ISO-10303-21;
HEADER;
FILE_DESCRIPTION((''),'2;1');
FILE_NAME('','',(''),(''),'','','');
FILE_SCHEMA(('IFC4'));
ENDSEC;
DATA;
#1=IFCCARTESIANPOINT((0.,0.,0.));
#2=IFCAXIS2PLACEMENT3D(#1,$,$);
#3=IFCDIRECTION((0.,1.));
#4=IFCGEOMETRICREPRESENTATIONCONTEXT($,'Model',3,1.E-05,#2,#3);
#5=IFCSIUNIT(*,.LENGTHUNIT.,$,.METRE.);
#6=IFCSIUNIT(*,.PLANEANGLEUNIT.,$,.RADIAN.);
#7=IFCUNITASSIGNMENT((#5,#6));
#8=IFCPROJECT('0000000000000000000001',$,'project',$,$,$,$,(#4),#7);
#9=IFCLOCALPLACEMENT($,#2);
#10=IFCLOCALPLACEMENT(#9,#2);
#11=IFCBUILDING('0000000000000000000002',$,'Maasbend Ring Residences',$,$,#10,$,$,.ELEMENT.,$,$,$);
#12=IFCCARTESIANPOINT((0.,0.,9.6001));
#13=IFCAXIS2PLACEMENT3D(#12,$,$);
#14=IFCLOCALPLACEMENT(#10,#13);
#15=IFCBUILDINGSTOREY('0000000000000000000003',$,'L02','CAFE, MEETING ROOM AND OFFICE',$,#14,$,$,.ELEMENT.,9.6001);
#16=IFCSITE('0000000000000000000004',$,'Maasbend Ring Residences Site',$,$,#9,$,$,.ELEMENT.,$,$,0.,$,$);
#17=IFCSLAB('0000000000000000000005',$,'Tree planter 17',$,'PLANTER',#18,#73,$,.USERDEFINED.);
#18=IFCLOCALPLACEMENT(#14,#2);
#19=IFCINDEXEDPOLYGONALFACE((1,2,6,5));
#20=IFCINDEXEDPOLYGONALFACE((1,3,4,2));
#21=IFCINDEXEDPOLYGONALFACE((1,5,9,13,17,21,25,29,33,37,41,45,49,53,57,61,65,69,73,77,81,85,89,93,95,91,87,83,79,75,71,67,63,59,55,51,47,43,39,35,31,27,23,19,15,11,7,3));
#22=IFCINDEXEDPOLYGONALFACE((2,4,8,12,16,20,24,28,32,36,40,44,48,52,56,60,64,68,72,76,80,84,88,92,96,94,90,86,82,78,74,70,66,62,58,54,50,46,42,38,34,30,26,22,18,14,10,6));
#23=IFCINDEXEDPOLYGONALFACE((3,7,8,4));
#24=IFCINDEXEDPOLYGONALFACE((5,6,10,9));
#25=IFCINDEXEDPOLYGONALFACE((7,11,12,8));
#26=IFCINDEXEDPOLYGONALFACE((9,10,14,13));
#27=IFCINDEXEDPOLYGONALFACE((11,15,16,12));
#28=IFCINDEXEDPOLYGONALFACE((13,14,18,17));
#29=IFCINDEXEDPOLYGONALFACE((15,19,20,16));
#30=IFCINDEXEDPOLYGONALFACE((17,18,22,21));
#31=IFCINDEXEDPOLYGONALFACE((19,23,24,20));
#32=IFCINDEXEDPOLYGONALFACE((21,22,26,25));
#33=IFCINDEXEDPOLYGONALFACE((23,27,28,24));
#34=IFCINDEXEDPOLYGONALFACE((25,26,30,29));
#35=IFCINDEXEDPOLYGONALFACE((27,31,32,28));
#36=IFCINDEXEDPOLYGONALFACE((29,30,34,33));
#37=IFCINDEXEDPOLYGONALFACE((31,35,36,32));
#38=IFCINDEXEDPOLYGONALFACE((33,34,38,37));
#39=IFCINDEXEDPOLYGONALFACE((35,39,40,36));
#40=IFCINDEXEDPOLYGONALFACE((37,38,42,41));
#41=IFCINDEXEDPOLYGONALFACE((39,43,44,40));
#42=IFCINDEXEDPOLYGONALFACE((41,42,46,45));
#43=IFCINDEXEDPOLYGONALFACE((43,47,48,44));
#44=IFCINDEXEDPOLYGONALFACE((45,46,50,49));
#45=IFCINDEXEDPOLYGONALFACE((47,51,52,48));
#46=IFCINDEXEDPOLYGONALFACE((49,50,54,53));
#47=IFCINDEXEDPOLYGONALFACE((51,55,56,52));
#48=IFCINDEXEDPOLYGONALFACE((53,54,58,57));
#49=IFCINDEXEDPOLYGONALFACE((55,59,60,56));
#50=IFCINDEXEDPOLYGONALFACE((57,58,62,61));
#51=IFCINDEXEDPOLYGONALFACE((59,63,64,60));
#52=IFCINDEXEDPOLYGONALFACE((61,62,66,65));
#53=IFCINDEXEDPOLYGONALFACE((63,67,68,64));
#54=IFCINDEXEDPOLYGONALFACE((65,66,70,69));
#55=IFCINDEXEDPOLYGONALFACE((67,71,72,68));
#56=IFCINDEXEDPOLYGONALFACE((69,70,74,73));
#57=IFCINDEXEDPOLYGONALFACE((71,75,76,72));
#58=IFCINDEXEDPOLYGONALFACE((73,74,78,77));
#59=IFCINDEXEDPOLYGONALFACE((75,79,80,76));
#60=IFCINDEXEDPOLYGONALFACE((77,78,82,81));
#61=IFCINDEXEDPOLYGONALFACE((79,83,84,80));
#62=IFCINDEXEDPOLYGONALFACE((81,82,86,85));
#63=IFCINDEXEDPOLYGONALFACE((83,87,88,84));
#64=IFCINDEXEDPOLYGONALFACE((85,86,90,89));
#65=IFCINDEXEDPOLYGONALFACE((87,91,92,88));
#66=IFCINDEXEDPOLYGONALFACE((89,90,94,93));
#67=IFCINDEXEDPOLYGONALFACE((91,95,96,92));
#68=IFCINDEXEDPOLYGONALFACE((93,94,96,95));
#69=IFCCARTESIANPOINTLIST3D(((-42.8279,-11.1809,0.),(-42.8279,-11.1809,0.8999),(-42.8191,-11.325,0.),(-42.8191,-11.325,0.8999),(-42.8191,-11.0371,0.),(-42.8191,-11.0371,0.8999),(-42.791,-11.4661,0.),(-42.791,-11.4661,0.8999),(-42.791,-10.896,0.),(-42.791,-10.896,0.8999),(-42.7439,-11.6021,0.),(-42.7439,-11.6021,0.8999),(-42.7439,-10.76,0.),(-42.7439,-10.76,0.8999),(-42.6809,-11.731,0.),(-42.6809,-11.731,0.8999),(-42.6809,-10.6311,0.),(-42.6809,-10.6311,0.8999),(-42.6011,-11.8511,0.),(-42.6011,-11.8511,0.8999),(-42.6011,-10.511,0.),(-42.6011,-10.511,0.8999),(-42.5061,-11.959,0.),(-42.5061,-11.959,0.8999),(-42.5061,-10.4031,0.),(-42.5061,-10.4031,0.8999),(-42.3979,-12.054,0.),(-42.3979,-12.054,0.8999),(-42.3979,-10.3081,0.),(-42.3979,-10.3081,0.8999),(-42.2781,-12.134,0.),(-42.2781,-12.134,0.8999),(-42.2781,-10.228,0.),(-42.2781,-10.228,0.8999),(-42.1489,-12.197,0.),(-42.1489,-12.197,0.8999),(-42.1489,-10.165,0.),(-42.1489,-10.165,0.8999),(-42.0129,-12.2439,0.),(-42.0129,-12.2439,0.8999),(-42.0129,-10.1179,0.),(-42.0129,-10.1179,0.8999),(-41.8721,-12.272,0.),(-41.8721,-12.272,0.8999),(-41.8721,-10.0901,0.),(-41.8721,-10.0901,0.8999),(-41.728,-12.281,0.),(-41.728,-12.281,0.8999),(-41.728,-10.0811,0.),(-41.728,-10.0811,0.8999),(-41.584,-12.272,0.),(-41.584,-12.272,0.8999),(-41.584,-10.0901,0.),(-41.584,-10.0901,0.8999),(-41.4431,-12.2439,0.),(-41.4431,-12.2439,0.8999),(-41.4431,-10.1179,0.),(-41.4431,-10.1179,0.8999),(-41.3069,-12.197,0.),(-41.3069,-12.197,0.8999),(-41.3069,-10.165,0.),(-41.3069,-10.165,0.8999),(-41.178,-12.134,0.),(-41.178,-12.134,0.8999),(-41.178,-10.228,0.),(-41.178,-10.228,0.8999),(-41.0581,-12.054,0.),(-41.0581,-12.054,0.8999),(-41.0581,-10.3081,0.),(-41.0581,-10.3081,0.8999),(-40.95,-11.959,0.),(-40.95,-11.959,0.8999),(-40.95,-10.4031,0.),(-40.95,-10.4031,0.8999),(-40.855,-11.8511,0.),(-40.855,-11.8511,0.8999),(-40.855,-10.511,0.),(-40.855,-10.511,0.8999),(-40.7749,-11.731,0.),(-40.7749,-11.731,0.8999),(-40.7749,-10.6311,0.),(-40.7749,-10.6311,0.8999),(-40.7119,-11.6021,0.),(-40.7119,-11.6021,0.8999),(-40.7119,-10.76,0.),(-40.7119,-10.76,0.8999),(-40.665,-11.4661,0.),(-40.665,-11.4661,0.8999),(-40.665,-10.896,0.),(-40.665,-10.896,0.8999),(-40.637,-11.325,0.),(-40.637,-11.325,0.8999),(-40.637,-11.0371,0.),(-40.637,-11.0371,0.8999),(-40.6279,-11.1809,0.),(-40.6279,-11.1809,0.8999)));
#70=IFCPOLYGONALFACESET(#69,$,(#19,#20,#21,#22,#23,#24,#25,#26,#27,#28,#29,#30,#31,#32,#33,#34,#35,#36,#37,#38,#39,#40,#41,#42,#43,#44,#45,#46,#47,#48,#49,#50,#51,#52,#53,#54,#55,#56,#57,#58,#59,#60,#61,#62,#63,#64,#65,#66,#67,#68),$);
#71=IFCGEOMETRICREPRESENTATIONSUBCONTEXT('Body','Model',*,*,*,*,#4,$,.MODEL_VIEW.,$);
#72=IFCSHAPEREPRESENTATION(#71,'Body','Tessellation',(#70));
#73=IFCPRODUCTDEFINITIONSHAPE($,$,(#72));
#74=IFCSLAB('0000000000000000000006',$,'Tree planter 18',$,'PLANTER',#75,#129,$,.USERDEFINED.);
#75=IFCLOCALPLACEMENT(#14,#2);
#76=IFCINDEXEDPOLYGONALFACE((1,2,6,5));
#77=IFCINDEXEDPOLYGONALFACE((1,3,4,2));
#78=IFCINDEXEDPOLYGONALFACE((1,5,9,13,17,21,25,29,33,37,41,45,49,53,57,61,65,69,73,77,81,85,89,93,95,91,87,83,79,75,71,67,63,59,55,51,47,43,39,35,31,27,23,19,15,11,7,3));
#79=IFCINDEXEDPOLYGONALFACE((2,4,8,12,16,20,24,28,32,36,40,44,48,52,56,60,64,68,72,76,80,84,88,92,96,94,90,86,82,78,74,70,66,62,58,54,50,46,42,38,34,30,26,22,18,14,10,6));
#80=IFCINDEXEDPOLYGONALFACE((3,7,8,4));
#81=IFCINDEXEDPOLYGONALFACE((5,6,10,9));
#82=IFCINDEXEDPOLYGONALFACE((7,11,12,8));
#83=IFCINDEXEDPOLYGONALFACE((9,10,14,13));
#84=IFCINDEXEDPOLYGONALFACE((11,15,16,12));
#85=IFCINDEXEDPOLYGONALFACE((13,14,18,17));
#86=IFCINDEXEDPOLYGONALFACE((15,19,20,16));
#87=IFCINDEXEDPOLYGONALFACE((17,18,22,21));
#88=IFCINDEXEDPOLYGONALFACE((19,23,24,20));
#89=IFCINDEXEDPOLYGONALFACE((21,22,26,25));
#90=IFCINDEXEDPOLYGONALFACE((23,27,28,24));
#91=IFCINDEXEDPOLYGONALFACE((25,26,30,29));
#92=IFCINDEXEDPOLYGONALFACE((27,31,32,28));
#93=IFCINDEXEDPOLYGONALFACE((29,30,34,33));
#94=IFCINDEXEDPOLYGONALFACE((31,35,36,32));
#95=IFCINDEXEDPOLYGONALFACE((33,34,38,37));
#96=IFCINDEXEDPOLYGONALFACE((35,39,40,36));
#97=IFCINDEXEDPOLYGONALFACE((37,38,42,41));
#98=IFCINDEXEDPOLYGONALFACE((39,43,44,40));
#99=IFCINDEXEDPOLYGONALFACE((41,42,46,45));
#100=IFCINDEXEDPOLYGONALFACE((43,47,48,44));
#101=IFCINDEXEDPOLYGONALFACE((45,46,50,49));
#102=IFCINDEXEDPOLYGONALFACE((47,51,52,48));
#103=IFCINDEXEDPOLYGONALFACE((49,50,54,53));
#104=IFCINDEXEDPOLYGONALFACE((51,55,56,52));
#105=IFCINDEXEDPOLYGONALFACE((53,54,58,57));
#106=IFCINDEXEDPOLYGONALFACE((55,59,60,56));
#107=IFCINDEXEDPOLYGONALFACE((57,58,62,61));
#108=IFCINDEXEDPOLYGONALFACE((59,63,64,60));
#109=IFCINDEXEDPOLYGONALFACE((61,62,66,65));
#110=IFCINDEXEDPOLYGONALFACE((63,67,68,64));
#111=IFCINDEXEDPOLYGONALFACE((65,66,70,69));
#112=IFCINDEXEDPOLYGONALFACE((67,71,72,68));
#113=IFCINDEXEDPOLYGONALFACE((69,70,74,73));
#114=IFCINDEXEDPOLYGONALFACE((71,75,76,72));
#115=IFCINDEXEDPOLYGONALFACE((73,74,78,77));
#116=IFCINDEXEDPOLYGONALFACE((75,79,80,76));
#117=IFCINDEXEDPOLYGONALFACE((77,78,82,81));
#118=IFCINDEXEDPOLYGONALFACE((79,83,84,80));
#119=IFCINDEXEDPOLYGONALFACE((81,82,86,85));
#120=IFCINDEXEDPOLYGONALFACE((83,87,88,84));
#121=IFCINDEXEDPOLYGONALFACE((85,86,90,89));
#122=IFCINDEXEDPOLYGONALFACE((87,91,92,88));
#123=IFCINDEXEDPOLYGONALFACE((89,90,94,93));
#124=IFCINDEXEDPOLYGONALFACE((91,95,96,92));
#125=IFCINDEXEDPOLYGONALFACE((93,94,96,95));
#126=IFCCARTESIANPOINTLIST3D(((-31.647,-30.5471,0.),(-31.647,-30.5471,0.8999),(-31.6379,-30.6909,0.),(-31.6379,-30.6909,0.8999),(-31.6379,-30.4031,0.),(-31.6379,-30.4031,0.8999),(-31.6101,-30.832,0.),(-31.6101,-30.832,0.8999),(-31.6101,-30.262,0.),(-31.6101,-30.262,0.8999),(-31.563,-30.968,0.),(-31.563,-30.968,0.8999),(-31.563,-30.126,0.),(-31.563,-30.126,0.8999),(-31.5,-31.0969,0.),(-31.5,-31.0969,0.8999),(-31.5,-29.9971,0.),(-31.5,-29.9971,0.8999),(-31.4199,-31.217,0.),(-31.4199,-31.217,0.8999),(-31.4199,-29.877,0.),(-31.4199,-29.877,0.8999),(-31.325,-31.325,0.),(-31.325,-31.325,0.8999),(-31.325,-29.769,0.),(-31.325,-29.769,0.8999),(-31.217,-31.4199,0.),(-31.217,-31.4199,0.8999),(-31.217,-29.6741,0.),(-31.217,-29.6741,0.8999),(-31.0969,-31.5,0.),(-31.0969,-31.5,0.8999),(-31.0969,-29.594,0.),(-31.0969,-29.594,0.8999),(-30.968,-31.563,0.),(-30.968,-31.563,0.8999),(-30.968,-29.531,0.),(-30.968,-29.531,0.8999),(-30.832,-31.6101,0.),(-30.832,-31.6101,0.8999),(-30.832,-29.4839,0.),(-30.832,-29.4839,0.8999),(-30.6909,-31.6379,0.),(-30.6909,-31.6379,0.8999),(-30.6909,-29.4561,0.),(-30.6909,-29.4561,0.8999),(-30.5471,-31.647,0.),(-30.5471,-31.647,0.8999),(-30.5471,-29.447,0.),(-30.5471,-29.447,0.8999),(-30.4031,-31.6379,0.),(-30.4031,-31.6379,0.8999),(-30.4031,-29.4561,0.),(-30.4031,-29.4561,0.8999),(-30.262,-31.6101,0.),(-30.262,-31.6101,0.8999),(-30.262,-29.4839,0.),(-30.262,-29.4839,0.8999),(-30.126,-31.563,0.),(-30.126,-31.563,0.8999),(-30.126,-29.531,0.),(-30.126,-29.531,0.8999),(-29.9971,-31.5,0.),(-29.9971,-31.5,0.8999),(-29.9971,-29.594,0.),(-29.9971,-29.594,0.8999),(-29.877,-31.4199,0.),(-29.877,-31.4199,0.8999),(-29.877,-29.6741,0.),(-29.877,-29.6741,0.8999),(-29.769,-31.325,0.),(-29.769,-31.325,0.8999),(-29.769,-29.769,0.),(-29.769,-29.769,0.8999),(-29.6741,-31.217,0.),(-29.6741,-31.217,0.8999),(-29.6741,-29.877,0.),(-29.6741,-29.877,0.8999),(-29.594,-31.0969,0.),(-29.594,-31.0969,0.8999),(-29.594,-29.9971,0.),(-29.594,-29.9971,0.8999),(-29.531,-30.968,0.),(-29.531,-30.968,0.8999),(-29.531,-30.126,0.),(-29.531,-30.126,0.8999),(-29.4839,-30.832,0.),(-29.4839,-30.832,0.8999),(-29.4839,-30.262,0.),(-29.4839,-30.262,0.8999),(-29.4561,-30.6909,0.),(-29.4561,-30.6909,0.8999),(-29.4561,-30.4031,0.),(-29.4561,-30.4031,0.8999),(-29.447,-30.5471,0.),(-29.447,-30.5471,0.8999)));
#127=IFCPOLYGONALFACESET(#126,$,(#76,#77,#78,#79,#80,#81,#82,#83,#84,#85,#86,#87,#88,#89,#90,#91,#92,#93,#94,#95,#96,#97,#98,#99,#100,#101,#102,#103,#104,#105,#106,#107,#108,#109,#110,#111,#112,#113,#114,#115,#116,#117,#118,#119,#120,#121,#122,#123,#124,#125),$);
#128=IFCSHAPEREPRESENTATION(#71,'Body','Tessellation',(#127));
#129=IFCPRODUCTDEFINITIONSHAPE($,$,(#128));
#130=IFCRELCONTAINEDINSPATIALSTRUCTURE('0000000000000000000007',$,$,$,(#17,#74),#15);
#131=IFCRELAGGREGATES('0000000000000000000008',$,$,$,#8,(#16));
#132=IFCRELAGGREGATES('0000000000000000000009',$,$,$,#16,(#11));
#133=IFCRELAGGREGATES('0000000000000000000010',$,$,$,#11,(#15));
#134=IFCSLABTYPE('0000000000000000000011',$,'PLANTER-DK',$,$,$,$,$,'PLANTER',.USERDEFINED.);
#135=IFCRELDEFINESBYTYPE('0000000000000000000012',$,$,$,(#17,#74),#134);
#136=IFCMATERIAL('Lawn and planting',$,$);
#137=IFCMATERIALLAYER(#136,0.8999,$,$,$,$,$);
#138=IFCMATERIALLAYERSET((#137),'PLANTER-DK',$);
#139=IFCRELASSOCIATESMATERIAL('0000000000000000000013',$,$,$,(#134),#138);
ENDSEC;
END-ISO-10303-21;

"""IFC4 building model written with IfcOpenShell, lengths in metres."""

from ifc_helpers import new_model, si_unit, direction, frame, origin, place, context, subcontext, project, spatial, polyline, outline, extrude, material, layer, layer_set, type_object, element, save


model = new_model("IFC4")

# Units and contexts
model_context = context("Model", 3, precision=1e-05, world=origin(), true_north=direction((0.0, 1.0)))
body_context = subcontext(model_context, "Body", "Model", "MODEL_VIEW")
ifc_project = project(units=[si_unit("LENGTHUNIT", "METRE"), si_unit("PLANEANGLEUNIT", "RADIAN")], contexts=[model_context])

# Site, building, storey
site_placement = place(None, origin())
site = spatial("IfcSite", under=ifc_project, at=site_placement, Name="Maasbend Ring Residences Site", CompositionType="ELEMENT", RefElevation=0.0)
building_placement = place(site_placement, origin())
building = spatial("IfcBuilding", under=site, at=building_placement, Name="Maasbend Ring Residences", CompositionType="ELEMENT")
storey_placement = place(building_placement, frame((0.0, 0.0, 9.6001)))
storey = spatial("IfcBuildingStorey", under=building, at=storey_placement, Name="L02", Description="CAFE, MEETING ROOM AND OFFICE", CompositionType="ELEMENT", Elevation=9.6001)

# Slabs
ifc_material_1 = material(Name="Lawn and planting")
ifc_layer_1 = layer(ifc_material_1, 0.8999)
ifc_layer_set_1 = layer_set([ifc_layer_1], Name="PLANTER-DK")
slab_type_1 = type_object("IfcSlabType", Name="PLANTER-DK", ElementType="PLANTER", PredefinedType="USERDEFINED", material=ifc_layer_set_1)
slab_1_placement = place(storey_placement, origin())
element("IfcSlab", 1, at=slab_1_placement, inside=storey, type_object=slab_type_1, Name="Tree planter 17", ObjectType="PLANTER", PredefinedType="USERDEFINED", context=body_context, shape_type="SweptSolid", body=[
    extrude(outline(polyline([(-40.6279, -11.1809), (-40.637, -11.325), (-40.665, -11.4661), (-40.7119, -11.6021), (-40.7749, -11.731), (-40.855, -11.8511), (-40.95, -11.959), (-41.0581, -12.054), (-41.178, -12.134), (-41.3069, -12.197), (-41.4431, -12.2439), (-41.584, -12.272), (-41.728, -12.281), (-41.8721, -12.272), (-42.0129, -12.2439), (-42.1489, -12.197), (-42.2781, -12.134), (-42.3979, -12.054), (-42.5061, -11.959), (-42.6011, -11.8511), (-42.6809, -11.731), (-42.7439, -11.6021), (-42.791, -11.4661), (-42.8191, -11.325), (-42.8279, -11.1809), (-42.8191, -11.0371), (-42.791, -10.896), (-42.7439, -10.76), (-42.6809, -10.6311), (-42.6011, -10.511), (-42.5061, -10.4031), (-42.3979, -10.3081), (-42.2781, -10.228), (-42.1489, -10.165), (-42.0129, -10.1179), (-41.8721, -10.0901), (-41.728, -10.0811), (-41.584, -10.0901), (-41.4431, -10.1179), (-41.3069, -10.165), (-41.178, -10.228), (-41.0581, -10.3081), (-40.95, -10.4031), (-40.855, -10.511), (-40.7749, -10.6311), (-40.7119, -10.76), (-40.665, -10.896), (-40.637, -11.0371), (-40.6279, -11.1809)])), origin(), (0.0, 0.0, 1.0), 0.8999),
])
slab_2_placement = place(storey_placement, origin())
element("IfcSlab", 2, at=slab_2_placement, inside=storey, type_object=slab_type_1, Name="Tree planter 18", ObjectType="PLANTER", PredefinedType="USERDEFINED", context=body_context, shape_type="SweptSolid", body=[
    extrude(outline(polyline([(-29.447, -30.5471), (-29.4561, -30.6909), (-29.4839, -30.832), (-29.531, -30.968), (-29.594, -31.0969), (-29.6741, -31.217), (-29.769, -31.325), (-29.877, -31.4199), (-29.9971, -31.5), (-30.126, -31.563), (-30.262, -31.6101), (-30.4031, -31.6379), (-30.5471, -31.647), (-30.6909, -31.6379), (-30.832, -31.6101), (-30.968, -31.563), (-31.0969, -31.5), (-31.217, -31.4199), (-31.325, -31.325), (-31.4199, -31.217), (-31.5, -31.0969), (-31.563, -30.968), (-31.6101, -30.832), (-31.6379, -30.6909), (-31.647, -30.5471), (-31.6379, -30.4031), (-31.6101, -30.262), (-31.563, -30.126), (-31.5, -29.9971), (-31.4199, -29.877), (-31.325, -29.769), (-31.217, -29.6741), (-31.0969, -29.594), (-30.968, -29.531), (-30.832, -29.4839), (-30.6909, -29.4561), (-30.5471, -29.447), (-30.4031, -29.4561), (-30.262, -29.4839), (-30.126, -29.531), (-29.9971, -29.594), (-29.877, -29.6741), (-29.769, -29.769), (-29.6741, -29.877), (-29.594, -29.9971), (-29.531, -30.126), (-29.4839, -30.262), (-29.4561, -30.4031), (-29.447, -30.5471)])), origin(), (0.0, 0.0, 1.0), 0.8999),
])

save(model, "model.ifc")
